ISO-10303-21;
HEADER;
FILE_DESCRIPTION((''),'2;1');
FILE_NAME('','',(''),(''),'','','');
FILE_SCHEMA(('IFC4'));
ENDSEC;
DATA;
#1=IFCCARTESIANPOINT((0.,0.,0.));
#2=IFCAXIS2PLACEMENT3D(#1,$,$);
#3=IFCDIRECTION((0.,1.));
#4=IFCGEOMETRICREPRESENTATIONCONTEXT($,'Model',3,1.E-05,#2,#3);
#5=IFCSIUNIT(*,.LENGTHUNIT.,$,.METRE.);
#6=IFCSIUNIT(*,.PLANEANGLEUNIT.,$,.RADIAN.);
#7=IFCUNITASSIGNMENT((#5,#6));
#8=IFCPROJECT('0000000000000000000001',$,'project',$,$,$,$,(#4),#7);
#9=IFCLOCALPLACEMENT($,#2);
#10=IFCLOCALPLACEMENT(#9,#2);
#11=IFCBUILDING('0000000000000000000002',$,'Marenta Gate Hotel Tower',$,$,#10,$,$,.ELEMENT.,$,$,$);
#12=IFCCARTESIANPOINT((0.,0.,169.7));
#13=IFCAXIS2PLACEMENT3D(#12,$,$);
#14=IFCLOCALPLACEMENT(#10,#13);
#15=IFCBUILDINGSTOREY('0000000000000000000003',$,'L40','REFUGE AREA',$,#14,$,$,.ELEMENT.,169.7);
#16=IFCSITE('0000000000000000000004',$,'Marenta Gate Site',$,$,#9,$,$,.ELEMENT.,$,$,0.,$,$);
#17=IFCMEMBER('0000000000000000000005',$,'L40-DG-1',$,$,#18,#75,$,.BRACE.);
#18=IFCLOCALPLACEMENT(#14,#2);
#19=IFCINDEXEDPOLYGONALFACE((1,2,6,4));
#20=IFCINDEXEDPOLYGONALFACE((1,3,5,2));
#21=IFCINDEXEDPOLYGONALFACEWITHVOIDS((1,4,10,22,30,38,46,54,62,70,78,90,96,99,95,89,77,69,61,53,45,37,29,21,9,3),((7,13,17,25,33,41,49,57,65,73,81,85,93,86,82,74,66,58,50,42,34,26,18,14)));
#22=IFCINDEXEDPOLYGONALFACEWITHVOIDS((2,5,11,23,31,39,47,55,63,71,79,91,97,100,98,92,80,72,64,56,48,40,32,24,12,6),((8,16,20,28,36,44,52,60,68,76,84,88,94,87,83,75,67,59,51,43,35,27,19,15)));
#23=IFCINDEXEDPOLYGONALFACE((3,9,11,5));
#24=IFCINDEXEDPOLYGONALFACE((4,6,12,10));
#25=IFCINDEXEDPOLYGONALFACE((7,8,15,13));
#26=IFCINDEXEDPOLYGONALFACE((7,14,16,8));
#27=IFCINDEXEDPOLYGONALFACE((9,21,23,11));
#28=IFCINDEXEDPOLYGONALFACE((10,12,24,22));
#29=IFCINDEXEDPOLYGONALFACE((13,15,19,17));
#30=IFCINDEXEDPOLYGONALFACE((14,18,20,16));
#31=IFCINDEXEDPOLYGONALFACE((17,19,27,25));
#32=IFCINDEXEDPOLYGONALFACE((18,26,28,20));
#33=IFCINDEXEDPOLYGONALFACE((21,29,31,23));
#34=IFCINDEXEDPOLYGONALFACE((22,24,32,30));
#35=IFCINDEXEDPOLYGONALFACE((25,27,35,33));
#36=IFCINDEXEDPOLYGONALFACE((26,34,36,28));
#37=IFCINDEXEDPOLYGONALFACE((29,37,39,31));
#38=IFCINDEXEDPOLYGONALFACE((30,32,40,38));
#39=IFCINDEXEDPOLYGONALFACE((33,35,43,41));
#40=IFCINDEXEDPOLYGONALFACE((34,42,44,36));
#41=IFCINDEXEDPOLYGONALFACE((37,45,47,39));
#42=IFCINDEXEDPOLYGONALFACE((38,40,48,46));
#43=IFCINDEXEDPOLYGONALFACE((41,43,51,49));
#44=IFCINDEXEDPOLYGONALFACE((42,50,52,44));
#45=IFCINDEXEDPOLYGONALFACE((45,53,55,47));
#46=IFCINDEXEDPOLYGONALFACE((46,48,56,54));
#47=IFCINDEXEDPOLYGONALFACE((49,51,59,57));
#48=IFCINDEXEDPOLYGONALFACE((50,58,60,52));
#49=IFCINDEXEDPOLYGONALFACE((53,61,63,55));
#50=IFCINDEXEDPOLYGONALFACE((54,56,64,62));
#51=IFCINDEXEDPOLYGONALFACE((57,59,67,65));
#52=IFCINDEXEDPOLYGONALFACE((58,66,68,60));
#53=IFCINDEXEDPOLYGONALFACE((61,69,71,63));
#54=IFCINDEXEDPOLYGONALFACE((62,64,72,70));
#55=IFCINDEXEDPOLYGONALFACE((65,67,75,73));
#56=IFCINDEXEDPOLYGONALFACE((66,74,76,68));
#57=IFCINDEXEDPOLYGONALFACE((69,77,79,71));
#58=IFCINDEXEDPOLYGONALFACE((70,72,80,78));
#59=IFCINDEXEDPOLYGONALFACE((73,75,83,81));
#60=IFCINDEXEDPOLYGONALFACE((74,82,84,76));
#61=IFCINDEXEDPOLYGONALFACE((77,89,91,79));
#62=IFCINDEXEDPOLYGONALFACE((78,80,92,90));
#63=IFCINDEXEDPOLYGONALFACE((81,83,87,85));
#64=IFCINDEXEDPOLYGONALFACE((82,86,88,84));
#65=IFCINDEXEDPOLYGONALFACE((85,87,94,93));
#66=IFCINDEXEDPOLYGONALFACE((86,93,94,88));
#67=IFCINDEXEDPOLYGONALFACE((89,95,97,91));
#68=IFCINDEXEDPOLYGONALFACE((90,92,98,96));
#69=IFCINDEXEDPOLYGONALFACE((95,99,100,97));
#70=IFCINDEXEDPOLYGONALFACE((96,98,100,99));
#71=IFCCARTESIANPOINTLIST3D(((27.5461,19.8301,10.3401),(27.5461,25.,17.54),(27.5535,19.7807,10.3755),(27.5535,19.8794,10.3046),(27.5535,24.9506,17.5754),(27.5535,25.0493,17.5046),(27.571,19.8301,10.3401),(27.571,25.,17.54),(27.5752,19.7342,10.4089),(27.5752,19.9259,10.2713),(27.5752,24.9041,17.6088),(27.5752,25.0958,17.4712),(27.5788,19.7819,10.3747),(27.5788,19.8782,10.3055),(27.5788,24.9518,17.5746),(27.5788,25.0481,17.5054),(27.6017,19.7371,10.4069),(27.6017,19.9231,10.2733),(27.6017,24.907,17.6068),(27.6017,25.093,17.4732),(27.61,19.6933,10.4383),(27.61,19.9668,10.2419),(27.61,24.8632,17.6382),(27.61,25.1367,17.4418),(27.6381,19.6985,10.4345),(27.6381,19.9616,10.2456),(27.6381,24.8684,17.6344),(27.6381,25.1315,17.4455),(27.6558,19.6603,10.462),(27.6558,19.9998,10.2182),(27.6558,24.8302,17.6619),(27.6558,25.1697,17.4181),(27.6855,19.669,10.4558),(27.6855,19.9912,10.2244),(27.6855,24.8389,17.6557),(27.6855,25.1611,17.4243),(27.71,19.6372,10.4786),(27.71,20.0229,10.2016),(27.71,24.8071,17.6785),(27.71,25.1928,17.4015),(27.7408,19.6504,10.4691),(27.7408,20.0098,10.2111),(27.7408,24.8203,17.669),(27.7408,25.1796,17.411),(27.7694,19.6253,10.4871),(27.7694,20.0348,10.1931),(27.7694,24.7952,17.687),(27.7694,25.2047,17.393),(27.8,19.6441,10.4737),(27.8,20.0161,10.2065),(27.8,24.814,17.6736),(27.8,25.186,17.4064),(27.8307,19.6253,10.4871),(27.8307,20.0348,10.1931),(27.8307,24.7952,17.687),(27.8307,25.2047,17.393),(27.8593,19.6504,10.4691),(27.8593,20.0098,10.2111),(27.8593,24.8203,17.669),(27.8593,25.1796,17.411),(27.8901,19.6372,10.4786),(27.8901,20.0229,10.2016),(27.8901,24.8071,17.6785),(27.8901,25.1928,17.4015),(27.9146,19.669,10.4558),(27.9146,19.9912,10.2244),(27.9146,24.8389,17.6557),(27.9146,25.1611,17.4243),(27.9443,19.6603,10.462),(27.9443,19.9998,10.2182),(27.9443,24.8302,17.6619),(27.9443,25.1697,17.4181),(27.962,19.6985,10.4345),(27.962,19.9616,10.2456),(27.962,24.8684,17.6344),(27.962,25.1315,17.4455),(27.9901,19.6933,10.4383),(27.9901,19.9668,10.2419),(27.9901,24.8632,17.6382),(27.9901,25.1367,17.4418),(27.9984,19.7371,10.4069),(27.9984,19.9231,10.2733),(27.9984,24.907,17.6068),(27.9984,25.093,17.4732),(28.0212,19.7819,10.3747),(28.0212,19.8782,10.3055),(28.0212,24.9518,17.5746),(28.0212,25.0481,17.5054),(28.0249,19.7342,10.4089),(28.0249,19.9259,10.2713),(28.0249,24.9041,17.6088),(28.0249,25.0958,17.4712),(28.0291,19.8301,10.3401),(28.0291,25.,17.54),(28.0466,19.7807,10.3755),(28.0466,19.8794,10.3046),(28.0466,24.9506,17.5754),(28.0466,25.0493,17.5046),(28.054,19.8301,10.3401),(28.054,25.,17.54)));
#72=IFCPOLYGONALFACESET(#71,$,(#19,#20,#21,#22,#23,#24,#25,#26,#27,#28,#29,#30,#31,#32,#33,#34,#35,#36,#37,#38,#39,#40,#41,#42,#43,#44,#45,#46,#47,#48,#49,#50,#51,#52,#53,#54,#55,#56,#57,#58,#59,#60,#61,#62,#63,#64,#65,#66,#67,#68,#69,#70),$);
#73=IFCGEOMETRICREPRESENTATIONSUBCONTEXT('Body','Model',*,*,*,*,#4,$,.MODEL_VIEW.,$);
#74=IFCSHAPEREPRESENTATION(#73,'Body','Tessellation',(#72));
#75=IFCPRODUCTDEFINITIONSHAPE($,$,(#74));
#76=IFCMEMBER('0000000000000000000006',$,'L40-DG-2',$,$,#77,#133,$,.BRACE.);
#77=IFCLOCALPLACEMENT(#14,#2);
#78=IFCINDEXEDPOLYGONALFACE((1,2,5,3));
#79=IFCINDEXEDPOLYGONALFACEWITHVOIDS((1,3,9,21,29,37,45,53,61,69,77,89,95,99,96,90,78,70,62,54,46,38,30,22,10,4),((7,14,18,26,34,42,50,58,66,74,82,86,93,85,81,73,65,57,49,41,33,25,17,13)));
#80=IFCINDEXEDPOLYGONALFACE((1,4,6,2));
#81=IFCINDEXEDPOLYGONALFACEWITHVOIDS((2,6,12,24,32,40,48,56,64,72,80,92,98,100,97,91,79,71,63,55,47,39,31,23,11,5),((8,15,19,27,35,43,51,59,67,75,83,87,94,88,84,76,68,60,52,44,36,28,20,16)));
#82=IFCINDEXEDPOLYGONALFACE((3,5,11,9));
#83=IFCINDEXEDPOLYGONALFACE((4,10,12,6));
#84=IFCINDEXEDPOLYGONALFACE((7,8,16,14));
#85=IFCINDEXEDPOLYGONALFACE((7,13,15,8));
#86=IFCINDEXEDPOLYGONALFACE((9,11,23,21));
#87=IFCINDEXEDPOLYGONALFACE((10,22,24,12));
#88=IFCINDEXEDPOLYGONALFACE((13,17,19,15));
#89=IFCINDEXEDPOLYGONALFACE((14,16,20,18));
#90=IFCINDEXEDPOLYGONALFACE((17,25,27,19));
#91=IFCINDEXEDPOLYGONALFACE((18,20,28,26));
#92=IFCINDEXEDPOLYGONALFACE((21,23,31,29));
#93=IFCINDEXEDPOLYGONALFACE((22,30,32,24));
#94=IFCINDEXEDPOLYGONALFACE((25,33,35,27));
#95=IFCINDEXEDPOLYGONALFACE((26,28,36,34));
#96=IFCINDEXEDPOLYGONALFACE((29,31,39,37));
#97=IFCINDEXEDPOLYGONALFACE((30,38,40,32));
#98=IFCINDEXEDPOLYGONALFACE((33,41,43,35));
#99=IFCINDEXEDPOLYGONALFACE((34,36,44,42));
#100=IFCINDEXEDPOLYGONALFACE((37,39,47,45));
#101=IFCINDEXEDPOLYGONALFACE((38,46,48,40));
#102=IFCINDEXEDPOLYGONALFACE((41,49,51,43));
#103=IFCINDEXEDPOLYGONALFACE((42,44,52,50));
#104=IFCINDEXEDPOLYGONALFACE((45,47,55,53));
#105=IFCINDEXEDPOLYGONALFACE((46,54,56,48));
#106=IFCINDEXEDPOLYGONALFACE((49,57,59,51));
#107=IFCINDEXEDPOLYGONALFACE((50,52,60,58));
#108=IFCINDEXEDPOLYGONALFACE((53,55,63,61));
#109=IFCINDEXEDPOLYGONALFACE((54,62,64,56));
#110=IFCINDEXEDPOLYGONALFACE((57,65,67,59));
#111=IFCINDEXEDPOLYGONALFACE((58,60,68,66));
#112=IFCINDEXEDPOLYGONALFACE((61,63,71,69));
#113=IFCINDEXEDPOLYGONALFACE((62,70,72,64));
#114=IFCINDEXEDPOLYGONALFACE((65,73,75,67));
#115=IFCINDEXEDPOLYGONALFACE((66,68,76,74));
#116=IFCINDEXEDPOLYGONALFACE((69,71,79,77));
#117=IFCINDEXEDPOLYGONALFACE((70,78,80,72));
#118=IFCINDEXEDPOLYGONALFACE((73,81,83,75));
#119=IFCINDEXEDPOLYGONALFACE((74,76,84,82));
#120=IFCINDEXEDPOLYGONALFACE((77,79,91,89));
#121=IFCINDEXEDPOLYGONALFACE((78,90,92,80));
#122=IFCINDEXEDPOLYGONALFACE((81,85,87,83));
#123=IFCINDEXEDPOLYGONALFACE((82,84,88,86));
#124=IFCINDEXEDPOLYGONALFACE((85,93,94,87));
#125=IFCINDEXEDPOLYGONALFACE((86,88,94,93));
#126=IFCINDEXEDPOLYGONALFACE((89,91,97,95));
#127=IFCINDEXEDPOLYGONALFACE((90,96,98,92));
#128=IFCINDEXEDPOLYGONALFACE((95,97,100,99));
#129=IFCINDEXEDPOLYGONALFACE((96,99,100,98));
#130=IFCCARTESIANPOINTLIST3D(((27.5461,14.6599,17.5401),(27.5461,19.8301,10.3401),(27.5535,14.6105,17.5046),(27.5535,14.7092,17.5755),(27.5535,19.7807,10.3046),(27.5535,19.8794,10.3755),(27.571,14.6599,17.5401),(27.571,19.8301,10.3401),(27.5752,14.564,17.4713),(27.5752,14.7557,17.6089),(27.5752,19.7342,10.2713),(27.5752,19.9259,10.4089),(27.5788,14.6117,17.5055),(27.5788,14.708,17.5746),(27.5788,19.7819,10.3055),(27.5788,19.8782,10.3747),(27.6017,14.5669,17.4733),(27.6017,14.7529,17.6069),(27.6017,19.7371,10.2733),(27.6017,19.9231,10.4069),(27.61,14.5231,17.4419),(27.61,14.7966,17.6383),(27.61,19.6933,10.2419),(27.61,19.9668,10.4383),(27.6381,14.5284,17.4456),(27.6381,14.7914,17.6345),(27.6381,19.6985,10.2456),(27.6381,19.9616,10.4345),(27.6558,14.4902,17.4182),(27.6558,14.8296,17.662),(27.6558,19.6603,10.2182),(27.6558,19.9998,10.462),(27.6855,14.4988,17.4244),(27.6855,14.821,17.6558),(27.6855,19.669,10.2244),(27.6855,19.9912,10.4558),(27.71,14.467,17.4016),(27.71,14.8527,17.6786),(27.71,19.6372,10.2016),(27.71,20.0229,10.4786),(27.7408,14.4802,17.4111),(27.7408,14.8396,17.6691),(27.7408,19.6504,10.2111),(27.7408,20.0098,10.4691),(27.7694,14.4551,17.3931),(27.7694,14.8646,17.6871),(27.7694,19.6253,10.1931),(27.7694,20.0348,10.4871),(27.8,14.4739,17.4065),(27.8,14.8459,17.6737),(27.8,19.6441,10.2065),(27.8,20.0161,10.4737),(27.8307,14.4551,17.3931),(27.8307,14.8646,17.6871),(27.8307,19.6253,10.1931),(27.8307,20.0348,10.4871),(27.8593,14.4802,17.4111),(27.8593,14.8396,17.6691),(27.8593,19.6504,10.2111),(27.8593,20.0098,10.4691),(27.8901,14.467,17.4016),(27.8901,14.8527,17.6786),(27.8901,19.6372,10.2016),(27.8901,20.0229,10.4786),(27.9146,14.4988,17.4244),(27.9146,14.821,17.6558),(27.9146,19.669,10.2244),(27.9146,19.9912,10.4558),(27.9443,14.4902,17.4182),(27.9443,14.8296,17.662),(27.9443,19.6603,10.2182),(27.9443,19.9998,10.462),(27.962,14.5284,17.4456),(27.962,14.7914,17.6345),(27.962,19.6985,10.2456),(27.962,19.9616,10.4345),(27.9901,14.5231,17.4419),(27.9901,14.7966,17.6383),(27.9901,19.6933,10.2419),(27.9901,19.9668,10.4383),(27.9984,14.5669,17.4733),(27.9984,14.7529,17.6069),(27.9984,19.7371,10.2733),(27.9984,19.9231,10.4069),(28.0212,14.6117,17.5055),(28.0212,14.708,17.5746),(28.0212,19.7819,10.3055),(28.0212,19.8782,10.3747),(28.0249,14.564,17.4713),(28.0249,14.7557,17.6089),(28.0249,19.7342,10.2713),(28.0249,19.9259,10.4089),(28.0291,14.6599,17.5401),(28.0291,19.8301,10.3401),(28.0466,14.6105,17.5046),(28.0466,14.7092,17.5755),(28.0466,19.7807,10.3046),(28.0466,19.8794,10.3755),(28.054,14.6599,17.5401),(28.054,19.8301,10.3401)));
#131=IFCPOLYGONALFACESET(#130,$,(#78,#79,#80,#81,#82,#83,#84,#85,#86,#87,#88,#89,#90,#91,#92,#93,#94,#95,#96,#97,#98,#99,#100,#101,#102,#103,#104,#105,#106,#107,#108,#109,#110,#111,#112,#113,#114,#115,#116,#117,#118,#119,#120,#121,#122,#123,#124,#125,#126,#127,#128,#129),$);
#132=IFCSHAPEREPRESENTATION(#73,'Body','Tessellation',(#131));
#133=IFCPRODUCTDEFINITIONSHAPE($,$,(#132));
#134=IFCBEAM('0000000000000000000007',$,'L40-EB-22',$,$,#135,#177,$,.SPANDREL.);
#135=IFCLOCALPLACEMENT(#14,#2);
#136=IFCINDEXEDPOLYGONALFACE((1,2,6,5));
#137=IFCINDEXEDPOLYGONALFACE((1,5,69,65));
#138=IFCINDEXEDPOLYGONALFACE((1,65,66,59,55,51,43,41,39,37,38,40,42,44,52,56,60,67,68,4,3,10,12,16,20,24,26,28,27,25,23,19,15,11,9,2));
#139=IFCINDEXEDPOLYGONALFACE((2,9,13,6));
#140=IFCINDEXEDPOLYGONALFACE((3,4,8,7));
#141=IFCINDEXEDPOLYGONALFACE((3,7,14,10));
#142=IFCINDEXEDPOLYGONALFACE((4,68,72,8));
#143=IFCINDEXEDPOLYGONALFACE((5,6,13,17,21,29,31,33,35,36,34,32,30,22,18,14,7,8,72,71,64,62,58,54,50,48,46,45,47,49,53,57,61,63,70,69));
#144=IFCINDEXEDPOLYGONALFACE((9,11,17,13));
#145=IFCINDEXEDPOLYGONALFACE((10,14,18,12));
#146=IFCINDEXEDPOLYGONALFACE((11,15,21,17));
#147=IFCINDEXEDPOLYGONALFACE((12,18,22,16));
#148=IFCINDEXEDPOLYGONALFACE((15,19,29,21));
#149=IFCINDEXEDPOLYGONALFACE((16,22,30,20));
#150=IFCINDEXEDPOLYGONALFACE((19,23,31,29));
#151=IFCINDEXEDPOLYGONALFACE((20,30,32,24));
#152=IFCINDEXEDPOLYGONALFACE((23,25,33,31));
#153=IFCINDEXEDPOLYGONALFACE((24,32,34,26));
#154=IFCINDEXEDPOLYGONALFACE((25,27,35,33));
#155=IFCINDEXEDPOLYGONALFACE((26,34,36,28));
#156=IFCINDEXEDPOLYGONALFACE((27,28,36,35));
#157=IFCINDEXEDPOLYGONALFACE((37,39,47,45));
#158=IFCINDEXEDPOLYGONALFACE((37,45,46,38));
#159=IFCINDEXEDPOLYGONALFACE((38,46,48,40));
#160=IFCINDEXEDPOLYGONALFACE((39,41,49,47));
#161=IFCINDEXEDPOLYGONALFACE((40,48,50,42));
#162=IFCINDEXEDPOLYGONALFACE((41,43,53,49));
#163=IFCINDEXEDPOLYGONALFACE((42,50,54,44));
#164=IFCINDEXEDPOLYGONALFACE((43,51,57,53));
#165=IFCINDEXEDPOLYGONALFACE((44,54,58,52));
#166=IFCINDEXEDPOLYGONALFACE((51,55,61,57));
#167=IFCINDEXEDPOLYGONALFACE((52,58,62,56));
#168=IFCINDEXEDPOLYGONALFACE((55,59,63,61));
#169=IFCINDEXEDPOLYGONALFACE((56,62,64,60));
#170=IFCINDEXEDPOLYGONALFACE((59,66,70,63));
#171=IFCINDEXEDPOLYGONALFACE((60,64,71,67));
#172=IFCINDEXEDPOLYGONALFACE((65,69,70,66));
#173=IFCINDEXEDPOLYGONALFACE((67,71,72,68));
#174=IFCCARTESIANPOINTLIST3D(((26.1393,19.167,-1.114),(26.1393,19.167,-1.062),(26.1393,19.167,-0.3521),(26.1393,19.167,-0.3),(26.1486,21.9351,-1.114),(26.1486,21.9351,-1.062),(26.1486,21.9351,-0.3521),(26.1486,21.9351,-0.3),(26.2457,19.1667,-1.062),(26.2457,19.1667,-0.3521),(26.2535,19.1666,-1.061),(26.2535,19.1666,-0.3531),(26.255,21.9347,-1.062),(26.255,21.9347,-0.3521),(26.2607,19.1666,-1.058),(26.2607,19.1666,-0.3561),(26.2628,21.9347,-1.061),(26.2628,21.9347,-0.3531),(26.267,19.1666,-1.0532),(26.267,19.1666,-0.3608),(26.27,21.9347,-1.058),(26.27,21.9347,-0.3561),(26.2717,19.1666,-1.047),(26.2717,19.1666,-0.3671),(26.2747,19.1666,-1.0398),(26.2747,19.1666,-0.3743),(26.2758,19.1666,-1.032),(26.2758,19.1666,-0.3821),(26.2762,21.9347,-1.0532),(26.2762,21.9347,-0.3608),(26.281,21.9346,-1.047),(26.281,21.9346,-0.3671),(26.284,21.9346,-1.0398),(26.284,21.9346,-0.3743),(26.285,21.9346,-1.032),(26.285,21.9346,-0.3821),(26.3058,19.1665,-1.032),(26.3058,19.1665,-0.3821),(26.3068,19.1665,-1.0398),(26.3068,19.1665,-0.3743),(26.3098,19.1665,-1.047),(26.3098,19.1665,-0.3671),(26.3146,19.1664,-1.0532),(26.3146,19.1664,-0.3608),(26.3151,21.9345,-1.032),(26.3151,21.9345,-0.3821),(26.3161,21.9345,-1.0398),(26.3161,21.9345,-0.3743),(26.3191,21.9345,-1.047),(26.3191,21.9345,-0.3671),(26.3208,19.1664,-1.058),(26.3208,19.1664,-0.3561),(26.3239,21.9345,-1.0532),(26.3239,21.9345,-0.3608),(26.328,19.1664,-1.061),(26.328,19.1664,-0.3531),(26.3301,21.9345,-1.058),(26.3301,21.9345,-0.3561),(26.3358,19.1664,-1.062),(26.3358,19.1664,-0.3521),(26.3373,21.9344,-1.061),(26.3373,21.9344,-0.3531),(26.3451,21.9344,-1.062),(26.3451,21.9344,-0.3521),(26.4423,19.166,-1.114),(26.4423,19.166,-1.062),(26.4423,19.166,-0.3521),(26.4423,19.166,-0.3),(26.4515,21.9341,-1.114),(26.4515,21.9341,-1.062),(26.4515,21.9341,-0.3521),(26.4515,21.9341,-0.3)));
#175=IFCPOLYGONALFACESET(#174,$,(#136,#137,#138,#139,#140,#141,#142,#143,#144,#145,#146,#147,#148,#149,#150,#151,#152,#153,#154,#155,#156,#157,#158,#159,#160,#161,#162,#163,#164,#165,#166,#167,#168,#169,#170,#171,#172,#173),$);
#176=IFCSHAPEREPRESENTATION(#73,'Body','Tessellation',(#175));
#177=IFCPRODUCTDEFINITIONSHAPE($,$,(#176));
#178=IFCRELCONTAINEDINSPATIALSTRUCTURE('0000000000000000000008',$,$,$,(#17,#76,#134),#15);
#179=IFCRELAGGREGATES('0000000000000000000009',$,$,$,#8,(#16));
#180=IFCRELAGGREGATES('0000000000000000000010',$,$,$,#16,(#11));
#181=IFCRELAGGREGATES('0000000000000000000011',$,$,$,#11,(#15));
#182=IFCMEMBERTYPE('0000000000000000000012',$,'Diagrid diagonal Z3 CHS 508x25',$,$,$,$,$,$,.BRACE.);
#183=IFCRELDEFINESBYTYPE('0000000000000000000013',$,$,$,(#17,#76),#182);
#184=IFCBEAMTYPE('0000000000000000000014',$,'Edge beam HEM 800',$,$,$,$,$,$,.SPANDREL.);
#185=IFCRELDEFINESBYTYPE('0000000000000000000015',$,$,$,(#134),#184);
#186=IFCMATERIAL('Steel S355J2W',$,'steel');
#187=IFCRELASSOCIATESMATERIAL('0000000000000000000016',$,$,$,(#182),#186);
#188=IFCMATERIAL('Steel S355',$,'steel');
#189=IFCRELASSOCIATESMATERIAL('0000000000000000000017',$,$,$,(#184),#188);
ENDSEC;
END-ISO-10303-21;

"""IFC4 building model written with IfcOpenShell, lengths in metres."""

from ifc_helpers import new_model, si_unit, direction, frame, origin, origin_2d, place, context, subcontext, project, spatial, hollow_circle, i_section, extrude, material, material_profile, profile_set, type_object, element, save


model = new_model("IFC4")

# Units and contexts
model_context = context("Model", 3, precision=1e-05, world=origin(), true_north=direction((0.0, 1.0)))
body_context = subcontext(model_context, "Body", "Model", "MODEL_VIEW")
ifc_project = project(units=[si_unit("LENGTHUNIT", "METRE"), si_unit("PLANEANGLEUNIT", "RADIAN")], contexts=[model_context])

# Site, building, storey
site_placement = place(None, origin())
site = spatial("IfcSite", under=ifc_project, at=site_placement, Name="Marenta Gate Site", CompositionType="ELEMENT", RefElevation=0.0)
building_placement = place(site_placement, origin())
building = spatial("IfcBuilding", under=site, at=building_placement, Name="Marenta Gate Hotel Tower", CompositionType="ELEMENT")
storey_placement = place(building_placement, frame((0.0, 0.0, 169.7)))
storey = spatial("IfcBuildingStorey", under=building, at=storey_placement, Name="L40", Description="REFUGE AREA", CompositionType="ELEMENT", Elevation=169.7)

# Members
ifc_material_1 = material(Name="Steel S355J2W", Category="steel")
ifc_material_profile_1 = material_profile(ifc_material_1, hollow_circle(Radius=0.2539, WallThickness=0.0249, at=origin_2d()), Name="CHS 508x25")
ifc_profile_set_1 = profile_set([ifc_material_profile_1], Name="Steel S355J2W")
member_type_1 = type_object("IfcMemberType", Name="Diagrid diagonal Z3 CHS 508x25", PredefinedType="BRACE", material=ifc_profile_set_1)
member_1_placement = place(storey_placement, frame((27.8, 19.8301, 10.3401), z_axis=(0.0, 0.583261, 0.812285), x_axis=(-1.0, 0.0, 0.0)))
element("IfcMember", 1, at=member_1_placement, inside=storey, type_object=member_type_1, Name="L40-DG-1", PredefinedType="BRACE", context=body_context, shape_type="SweptSolid", body=[
    extrude(hollow_circle(Radius=0.2539, WallThickness=0.0249, at=origin_2d()), origin(), (0.0, 0.0, 1.0), 8.8638),
])
member_2_placement = place(storey_placement, frame((27.8, 19.8301, 10.3401), z_axis=(0.0, -0.583279, 0.812272), x_axis=(1.0, 0.0, 0.0)))
element("IfcMember", 2, at=member_2_placement, inside=storey, type_object=member_type_1, Name="L40-DG-2", PredefinedType="BRACE", context=body_context, shape_type="SweptSolid", body=[
    extrude(hollow_circle(Radius=0.2539, WallThickness=0.0249, at=origin_2d()), origin(), (0.0, 0.0, 1.0), 8.864),
])

# Beam
ifc_material_2 = material(Name="Steel S355", Category="steel")
ifc_material_profile_2 = material_profile(ifc_material_2, i_section(OverallWidth=0.303, OverallDepth=0.814, WebThickness=0.03, FlangeThickness=0.052, FilletRadius=0.03, at=origin_2d()), Name="HEM 800")
ifc_profile_set_2 = profile_set([ifc_material_profile_2], Name="Steel S355")
beam_type_1 = type_object("IfcBeamType", Name="Edge beam HEM 800", PredefinedType="SPANDREL", material=ifc_profile_set_2)
beam_1_placement = place(storey_placement, frame((26.3, 21.9346, -0.707), z_axis=(-0.003352, -0.999994, 0.0), x_axis=(0.999994, -0.003352, 0.0)))
element("IfcBeam", 3, at=beam_1_placement, inside=storey, type_object=beam_type_1, Name="L40-EB-22", PredefinedType="SPANDREL", context=body_context, shape_type="SweptSolid", body=[
    extrude(i_section(OverallWidth=0.303, OverallDepth=0.814, WebThickness=0.03, FlangeThickness=0.052, FilletRadius=0.03, at=origin_2d()), origin(), (0.0, 0.0, 1.0), 2.7681),
])

save(model, "model.ifc")
